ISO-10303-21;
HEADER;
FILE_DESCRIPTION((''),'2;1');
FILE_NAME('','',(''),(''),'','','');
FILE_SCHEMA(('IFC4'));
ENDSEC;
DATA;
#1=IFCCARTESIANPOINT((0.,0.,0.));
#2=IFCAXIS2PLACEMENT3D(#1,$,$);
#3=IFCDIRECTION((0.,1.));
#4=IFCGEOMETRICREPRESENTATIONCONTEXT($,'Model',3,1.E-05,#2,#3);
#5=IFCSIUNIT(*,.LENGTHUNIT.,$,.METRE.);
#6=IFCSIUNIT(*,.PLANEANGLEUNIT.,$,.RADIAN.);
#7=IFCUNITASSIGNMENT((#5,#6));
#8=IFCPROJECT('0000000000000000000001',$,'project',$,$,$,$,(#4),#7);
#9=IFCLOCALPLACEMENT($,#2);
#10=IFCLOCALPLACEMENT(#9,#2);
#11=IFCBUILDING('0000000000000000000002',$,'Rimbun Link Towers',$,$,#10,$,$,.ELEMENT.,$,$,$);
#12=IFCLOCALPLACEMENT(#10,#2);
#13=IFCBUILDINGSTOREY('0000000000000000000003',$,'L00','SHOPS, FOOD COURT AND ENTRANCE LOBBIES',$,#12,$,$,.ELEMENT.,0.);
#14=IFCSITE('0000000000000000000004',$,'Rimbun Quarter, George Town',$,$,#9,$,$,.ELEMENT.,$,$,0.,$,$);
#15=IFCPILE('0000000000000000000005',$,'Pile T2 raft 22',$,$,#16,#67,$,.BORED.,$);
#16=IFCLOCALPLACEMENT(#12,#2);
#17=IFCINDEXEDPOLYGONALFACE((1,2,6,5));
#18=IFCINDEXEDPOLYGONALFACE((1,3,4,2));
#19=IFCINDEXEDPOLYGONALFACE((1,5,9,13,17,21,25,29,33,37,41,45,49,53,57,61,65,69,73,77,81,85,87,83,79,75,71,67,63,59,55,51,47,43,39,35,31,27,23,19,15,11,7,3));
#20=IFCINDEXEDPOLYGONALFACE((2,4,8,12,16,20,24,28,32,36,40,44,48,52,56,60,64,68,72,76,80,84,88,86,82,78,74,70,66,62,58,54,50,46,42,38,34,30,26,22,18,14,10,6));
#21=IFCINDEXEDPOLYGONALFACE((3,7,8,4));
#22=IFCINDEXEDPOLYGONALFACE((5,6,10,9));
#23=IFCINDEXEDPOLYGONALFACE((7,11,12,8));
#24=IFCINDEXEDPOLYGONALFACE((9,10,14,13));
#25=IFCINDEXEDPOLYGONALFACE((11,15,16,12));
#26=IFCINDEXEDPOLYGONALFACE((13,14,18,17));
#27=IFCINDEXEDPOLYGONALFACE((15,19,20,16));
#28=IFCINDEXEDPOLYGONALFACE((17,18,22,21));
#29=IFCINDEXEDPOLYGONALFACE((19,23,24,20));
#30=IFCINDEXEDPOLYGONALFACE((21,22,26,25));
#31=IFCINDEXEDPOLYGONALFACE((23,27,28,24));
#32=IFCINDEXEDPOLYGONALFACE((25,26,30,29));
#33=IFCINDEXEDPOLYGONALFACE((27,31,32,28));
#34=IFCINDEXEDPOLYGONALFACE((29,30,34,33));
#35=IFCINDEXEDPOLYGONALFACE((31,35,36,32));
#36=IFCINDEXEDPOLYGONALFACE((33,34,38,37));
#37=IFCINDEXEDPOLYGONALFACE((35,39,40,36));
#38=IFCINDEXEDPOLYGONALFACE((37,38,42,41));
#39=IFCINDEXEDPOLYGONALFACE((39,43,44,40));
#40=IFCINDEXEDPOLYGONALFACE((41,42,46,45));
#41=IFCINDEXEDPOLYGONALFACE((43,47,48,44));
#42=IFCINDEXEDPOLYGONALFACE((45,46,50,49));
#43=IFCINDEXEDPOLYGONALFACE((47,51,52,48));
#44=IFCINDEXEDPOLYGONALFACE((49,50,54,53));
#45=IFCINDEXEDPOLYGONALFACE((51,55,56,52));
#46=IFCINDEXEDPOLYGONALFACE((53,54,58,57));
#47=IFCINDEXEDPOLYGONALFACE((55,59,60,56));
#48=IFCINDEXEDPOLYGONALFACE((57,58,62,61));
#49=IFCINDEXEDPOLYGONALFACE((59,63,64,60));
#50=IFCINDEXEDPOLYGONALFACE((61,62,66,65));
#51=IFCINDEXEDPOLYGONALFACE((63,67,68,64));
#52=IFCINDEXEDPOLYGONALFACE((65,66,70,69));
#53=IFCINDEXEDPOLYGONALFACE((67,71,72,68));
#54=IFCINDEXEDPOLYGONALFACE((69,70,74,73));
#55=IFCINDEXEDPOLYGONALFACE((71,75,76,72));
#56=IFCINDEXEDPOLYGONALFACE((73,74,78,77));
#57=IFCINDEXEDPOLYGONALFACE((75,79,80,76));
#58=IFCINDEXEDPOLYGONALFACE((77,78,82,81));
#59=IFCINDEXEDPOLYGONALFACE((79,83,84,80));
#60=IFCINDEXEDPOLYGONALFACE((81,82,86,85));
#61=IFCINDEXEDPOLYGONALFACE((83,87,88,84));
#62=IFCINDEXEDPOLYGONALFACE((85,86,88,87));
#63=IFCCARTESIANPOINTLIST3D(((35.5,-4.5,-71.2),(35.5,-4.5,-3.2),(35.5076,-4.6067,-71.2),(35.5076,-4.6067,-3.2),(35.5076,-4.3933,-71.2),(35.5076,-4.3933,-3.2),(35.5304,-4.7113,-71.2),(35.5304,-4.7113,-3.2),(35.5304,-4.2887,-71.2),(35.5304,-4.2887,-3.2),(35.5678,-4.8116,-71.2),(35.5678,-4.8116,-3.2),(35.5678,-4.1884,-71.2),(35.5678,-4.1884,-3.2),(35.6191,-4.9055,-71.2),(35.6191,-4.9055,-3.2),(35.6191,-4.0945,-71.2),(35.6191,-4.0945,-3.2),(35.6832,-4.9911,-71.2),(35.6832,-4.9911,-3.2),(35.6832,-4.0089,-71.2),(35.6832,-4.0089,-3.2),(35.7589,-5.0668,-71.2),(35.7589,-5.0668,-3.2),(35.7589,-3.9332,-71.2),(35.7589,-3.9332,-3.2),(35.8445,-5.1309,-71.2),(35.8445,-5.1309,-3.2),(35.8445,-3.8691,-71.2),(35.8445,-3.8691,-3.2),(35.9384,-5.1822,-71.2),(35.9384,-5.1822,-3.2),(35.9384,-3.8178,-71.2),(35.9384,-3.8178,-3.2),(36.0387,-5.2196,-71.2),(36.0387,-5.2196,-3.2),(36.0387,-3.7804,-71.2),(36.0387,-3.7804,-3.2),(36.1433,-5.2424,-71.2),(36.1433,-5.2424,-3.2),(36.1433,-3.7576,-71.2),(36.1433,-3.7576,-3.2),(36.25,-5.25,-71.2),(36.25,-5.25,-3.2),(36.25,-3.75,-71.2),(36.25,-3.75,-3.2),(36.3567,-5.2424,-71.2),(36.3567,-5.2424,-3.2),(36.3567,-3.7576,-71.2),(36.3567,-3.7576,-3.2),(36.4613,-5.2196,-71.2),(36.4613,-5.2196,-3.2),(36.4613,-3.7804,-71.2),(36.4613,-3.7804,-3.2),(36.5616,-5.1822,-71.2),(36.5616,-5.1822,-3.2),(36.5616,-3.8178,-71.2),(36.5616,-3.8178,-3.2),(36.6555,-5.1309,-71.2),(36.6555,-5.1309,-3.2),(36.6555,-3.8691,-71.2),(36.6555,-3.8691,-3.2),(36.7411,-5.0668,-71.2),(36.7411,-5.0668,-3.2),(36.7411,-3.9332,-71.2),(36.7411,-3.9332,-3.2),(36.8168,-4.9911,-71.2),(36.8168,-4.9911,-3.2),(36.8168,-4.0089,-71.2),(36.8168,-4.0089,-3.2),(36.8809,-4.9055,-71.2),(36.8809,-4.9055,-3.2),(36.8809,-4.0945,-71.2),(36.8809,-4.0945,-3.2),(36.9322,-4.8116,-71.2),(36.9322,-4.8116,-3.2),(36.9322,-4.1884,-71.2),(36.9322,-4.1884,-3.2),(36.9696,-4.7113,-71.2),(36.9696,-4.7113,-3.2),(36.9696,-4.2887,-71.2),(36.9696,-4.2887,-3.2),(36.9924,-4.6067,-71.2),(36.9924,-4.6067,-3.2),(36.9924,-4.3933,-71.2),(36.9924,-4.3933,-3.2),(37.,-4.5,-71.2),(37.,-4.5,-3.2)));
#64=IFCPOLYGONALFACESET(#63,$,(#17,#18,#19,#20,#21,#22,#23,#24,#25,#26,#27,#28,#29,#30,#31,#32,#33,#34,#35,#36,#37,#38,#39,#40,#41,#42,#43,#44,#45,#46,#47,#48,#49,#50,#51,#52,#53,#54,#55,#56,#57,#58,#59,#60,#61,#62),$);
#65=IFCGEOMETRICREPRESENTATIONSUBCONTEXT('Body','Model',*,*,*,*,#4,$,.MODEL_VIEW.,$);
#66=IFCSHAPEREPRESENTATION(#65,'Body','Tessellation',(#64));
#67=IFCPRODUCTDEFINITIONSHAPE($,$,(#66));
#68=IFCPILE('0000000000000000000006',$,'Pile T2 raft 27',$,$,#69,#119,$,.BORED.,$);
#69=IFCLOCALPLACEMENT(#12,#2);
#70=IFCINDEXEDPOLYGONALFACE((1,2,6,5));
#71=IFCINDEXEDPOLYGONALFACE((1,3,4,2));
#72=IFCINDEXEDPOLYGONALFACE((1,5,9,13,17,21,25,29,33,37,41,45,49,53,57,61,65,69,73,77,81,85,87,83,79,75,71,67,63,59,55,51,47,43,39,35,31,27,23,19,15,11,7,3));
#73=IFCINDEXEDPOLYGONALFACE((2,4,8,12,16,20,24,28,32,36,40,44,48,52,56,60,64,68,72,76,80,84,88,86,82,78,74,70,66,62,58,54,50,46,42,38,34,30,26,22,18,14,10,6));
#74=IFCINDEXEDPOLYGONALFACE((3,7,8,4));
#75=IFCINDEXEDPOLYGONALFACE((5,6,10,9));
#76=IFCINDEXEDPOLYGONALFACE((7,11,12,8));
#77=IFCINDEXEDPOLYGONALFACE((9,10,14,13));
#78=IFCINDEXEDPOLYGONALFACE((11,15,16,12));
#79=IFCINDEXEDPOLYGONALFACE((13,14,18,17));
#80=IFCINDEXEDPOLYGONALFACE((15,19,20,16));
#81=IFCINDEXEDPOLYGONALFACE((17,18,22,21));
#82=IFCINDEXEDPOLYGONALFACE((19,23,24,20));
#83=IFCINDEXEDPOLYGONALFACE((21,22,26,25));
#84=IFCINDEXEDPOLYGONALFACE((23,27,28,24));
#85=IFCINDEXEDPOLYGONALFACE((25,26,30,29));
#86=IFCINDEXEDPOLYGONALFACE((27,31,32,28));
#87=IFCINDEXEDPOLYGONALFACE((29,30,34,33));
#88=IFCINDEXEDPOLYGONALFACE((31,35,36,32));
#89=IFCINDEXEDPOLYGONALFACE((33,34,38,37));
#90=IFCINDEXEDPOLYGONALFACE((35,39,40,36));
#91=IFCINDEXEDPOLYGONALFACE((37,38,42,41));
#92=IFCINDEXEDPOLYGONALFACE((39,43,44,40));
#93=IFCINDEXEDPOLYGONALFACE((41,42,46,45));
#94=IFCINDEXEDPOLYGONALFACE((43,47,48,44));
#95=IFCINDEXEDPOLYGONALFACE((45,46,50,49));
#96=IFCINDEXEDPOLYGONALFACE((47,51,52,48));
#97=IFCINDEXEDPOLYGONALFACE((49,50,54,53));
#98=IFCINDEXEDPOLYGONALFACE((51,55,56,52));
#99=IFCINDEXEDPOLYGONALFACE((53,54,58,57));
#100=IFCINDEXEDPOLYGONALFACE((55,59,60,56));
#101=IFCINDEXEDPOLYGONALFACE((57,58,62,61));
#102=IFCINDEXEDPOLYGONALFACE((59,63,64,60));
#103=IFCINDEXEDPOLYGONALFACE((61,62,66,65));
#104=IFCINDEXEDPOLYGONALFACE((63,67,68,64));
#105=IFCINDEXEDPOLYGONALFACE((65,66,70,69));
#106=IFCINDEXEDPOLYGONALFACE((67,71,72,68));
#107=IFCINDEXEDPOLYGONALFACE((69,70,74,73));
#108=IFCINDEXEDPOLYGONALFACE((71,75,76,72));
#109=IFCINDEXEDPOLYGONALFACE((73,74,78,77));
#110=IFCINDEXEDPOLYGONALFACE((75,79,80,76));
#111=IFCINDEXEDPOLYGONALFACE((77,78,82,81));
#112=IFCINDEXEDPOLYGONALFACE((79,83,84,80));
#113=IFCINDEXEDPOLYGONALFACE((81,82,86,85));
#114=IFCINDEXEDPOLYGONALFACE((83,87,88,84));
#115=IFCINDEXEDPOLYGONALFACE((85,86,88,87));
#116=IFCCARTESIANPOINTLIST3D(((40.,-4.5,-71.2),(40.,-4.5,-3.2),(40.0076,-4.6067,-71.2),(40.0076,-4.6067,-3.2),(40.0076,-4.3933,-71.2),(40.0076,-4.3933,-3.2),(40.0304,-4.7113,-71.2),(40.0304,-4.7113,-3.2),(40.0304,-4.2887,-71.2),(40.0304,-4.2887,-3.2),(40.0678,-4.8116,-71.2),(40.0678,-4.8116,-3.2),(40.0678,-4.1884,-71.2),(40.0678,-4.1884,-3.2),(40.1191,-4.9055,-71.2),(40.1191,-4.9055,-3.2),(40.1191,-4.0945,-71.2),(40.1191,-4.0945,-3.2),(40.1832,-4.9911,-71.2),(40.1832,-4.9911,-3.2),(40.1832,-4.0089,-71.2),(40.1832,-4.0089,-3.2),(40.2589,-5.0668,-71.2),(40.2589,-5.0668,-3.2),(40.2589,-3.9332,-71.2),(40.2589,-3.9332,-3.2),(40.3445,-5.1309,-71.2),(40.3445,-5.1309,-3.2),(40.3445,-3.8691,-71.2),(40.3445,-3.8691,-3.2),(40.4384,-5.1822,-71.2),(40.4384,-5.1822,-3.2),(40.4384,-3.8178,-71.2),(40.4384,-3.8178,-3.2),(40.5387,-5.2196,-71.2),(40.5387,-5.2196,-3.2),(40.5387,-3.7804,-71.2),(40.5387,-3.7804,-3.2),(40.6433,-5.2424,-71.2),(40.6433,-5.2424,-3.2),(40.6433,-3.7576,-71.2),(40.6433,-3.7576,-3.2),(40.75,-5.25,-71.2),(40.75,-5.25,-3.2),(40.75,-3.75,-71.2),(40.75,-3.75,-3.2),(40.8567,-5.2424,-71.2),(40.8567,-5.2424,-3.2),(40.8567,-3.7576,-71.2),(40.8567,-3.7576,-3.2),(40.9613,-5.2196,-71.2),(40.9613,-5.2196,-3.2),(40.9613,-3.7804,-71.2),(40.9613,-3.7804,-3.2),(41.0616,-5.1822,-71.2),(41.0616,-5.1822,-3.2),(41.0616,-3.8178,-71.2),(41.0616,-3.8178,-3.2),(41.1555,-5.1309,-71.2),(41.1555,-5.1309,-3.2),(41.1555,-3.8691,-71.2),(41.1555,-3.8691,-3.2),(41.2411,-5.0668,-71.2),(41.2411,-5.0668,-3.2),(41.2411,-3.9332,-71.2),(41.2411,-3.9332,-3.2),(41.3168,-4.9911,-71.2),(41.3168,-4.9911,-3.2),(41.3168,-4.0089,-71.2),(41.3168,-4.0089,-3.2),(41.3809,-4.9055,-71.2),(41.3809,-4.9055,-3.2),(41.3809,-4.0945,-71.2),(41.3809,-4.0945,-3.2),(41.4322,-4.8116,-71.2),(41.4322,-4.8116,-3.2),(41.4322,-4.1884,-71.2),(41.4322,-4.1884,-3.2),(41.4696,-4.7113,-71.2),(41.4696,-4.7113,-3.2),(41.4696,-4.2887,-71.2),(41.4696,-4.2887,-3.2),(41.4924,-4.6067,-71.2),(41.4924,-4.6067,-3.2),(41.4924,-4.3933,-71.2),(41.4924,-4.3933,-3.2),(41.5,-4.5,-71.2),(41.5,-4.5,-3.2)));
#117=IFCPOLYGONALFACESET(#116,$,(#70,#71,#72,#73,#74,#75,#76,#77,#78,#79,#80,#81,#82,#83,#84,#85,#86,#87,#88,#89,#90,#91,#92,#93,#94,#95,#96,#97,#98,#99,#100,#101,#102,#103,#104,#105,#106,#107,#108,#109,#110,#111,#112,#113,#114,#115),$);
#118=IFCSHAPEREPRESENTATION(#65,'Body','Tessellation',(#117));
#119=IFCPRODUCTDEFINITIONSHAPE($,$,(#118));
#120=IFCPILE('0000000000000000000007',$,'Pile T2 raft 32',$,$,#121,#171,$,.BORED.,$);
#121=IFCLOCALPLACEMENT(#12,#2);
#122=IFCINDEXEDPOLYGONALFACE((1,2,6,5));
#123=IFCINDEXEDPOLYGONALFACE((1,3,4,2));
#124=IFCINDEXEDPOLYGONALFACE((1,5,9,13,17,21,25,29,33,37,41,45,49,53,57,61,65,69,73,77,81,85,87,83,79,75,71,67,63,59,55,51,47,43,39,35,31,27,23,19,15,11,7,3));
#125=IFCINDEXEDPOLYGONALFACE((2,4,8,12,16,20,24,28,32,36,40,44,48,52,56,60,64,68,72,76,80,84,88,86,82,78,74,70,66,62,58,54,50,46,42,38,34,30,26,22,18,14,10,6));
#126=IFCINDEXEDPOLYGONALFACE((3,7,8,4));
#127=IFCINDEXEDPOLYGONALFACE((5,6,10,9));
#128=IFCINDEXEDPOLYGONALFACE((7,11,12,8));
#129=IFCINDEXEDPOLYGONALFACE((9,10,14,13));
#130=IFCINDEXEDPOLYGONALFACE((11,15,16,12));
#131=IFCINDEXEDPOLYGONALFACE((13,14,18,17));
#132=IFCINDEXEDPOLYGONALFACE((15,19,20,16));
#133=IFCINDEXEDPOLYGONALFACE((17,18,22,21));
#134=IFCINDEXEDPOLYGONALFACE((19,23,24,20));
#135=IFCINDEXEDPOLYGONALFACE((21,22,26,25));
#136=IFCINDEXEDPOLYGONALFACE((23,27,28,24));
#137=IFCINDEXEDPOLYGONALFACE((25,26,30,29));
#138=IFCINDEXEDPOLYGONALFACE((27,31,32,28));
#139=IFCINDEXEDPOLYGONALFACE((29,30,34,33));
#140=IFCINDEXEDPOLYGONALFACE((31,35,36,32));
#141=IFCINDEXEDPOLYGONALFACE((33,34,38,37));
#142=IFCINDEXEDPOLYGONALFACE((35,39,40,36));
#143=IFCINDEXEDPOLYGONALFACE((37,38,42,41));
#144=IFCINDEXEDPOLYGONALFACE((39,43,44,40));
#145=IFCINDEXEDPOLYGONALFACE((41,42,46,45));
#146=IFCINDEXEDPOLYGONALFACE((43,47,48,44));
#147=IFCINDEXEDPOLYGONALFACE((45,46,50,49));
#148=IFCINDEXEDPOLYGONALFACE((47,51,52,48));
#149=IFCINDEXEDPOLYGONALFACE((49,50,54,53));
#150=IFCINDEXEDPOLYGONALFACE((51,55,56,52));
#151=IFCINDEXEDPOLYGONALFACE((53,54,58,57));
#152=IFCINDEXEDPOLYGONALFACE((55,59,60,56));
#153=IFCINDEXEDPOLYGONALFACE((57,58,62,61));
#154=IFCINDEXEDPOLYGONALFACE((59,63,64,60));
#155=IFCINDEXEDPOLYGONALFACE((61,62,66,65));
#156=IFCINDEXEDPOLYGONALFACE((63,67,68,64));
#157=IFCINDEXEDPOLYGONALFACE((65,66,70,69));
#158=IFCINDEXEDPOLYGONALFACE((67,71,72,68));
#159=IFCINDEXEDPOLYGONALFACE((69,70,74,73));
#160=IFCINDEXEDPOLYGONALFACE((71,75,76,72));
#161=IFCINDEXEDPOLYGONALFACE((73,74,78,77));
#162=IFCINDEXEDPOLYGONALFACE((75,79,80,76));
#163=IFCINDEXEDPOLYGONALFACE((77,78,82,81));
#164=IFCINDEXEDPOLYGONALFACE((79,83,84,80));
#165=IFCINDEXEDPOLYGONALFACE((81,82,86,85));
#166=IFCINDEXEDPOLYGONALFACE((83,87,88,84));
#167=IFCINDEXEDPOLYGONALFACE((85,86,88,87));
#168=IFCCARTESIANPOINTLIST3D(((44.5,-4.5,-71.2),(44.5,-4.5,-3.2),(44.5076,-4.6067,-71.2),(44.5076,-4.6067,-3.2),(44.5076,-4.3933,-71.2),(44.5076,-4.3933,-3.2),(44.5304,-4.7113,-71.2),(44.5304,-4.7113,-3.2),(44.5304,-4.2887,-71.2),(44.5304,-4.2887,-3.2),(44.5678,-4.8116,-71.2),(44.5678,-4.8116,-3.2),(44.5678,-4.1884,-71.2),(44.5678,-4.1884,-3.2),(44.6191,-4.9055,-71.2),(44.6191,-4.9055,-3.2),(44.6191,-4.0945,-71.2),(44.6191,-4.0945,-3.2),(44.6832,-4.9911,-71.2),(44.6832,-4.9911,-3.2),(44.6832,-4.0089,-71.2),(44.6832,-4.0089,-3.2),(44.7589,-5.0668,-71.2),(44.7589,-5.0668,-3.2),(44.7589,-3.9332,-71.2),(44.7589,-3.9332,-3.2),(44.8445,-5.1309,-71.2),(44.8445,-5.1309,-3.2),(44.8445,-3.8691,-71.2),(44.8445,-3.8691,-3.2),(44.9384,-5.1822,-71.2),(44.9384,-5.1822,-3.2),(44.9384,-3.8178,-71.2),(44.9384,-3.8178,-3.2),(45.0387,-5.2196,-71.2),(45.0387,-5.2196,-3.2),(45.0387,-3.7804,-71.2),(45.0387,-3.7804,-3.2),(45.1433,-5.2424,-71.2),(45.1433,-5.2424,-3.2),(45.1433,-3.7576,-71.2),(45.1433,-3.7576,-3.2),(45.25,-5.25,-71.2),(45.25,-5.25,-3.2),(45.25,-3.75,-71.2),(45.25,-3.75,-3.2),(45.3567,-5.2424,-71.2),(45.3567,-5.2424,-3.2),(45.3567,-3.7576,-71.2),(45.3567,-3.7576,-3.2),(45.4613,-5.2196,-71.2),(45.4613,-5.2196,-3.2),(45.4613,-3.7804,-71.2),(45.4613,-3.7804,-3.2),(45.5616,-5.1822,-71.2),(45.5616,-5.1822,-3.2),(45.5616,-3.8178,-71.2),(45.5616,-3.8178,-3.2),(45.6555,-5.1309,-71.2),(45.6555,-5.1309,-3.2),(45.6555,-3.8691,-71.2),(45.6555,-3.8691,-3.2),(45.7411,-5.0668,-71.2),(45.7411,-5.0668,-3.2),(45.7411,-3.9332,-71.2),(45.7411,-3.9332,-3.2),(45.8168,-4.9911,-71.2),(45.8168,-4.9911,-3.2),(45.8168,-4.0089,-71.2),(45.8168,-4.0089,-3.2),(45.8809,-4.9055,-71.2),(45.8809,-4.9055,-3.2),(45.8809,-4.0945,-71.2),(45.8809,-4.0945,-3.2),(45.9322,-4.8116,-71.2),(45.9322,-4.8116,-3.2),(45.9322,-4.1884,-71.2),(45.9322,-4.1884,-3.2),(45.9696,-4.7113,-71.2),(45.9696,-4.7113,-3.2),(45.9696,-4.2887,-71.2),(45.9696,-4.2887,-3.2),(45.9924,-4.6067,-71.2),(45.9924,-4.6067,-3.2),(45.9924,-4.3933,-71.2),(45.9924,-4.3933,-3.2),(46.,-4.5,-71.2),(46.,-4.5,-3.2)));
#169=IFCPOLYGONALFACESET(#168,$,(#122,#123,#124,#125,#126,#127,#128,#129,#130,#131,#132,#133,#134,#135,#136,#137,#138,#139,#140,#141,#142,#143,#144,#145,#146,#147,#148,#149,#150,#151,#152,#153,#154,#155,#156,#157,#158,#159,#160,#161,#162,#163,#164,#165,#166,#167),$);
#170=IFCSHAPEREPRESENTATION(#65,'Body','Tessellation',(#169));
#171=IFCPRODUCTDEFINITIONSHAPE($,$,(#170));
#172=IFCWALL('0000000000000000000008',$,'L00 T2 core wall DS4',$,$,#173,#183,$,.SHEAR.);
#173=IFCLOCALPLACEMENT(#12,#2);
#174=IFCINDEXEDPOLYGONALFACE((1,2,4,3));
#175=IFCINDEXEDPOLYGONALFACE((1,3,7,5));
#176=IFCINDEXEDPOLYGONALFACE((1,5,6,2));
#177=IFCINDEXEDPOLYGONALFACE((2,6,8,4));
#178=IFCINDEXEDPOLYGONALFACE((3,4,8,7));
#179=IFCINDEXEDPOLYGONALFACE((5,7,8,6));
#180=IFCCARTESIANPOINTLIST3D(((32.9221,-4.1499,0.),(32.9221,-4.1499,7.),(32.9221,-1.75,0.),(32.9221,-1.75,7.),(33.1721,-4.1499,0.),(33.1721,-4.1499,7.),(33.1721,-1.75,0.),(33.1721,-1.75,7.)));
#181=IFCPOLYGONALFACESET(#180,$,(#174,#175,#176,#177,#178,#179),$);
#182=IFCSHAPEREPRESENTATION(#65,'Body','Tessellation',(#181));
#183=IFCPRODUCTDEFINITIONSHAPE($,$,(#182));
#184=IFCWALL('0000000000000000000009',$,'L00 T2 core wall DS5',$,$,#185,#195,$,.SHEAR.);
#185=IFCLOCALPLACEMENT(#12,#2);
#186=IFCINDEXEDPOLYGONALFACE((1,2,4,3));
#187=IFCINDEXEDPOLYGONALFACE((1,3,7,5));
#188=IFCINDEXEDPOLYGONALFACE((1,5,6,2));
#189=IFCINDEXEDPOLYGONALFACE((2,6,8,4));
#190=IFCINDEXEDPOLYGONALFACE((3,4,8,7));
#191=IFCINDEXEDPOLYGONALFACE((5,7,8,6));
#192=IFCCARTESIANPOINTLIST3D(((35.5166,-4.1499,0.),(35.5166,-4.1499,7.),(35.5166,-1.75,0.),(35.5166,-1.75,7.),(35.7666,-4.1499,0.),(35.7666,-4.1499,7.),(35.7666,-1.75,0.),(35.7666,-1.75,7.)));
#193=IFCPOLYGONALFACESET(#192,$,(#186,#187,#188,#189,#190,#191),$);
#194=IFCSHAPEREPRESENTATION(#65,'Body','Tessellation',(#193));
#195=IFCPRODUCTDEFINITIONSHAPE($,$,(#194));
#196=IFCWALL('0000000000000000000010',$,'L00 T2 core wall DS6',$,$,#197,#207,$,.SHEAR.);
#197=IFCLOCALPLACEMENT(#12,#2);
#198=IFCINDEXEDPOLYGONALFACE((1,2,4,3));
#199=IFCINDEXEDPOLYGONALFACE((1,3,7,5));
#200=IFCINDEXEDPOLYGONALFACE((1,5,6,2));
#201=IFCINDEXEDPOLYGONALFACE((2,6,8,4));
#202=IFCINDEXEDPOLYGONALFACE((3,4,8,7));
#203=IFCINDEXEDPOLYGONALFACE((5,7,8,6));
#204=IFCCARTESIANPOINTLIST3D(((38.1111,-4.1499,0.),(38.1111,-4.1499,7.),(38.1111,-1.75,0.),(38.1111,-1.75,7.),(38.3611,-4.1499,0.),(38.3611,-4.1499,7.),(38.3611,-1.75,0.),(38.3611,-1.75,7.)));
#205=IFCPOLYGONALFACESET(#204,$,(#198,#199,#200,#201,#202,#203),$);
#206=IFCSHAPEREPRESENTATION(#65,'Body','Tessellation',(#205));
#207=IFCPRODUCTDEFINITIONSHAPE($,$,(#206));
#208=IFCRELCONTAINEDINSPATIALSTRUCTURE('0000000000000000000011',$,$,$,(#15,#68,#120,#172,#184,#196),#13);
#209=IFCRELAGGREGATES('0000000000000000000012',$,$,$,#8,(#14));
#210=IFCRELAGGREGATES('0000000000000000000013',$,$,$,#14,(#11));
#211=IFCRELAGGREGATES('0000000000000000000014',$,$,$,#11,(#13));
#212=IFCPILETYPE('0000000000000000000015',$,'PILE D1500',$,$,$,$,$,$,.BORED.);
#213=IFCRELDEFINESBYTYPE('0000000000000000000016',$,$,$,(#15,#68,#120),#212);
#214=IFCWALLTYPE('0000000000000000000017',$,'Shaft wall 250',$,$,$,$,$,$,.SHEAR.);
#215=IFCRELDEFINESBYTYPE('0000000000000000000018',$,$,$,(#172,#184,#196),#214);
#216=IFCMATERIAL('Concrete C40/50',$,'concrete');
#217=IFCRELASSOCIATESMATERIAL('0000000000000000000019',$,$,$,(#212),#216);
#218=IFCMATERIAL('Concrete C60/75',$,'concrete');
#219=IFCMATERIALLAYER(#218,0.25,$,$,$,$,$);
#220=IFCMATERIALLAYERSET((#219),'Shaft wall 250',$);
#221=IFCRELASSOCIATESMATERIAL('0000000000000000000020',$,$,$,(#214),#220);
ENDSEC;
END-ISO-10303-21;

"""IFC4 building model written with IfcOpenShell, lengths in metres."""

from ifc_helpers import new_model, si_unit, direction, frame, frame_2d, origin, origin_2d, place, context, subcontext, project, spatial, rectangle, circle, extrude, material, layer, layer_set, material_profile, profile_set, type_object, element, save


model = new_model("IFC4")

# Units and contexts
model_context = context("Model", 3, precision=1e-05, world=origin(), true_north=direction((0.0, 1.0)))
body_context = subcontext(model_context, "Body", "Model", "MODEL_VIEW")
ifc_project = project(units=[si_unit("LENGTHUNIT", "METRE"), si_unit("PLANEANGLEUNIT", "RADIAN")], contexts=[model_context])

# Site, building, storey
site_placement = place(None, origin())
site = spatial("IfcSite", under=ifc_project, at=site_placement, Name="Rimbun Quarter, George Town", CompositionType="ELEMENT", RefElevation=0.0)
building_placement = place(site_placement, origin())
building = spatial("IfcBuilding", under=site, at=building_placement, Name="Rimbun Link Towers", CompositionType="ELEMENT")
storey_placement = place(building_placement, origin())
storey = spatial("IfcBuildingStorey", under=building, at=storey_placement, Name="L00", Description="SHOPS, FOOD COURT AND ENTRANCE LOBBIES", CompositionType="ELEMENT", Elevation=0.0)

# Piles
ifc_material_1 = material(Name="Concrete C40/50", Category="concrete")
ifc_material_profile = material_profile(ifc_material_1, circle(Radius=0.75, at=origin_2d()), Name="PILE D1500")
ifc_profile_set = profile_set([ifc_material_profile], Name="Concrete C40/50")
pile_type = type_object("IfcPileType", Name="PILE D1500", PredefinedType="BORED", material=ifc_profile_set)
for number, where, z_axis, x_axis, name in (
    (1, (36.25, -4.5, -3.2), (0.0, 0.0, -1.0), (1.0, 0.0, 0.0), "Pile T2 raft 22"),
    (2, (40.75, -4.5, -3.2), (0.0, 0.0, -1.0), (1.0, 0.0, 0.0), "Pile T2 raft 27"),
    (3, (45.25, -4.5, -3.2), (0.0, 0.0, -1.0), (1.0, 0.0, 0.0), "Pile T2 raft 32"),
):
    element("IfcPile", number, at=place(storey_placement, frame(where, z_axis=z_axis, x_axis=x_axis)), inside=storey, type_object=pile_type, Name=name, PredefinedType="BORED", context=body_context, shape_type="SweptSolid", body=[
        extrude(circle(Radius=0.75, at=origin_2d()), origin(), (0.0, 0.0, 1.0), 68.0),
    ])

# Walls
ifc_material_2 = material(Name="Concrete C60/75", Category="concrete")
ifc_layer = layer(ifc_material_2, 0.25)
ifc_layer_set = layer_set([ifc_layer], Name="Shaft wall 250")
wall_type = type_object("IfcWallType", Name="Shaft wall 250", PredefinedType="SHEAR", material=ifc_layer_set)
for number, where, z_axis, x_axis, name in (
    (4, (33.0471, -4.1499, 0.0), (0.0, 0.0, 1.0), (0.0, 1.0, 0.0), "L00 T2 core wall DS4"),
    (5, (35.6416, -4.1499, 0.0), (0.0, 0.0, 1.0), (0.0, 1.0, 0.0), "L00 T2 core wall DS5"),
    (6, (38.2361, -4.1499, 0.0), (0.0, 0.0, 1.0), (0.0, 1.0, 0.0), "L00 T2 core wall DS6"),
):
    element("IfcWall", number, at=place(storey_placement, frame(where, z_axis=z_axis, x_axis=x_axis)), inside=storey, type_object=wall_type, Name=name, PredefinedType="SHEAR", context=body_context, shape_type="SweptSolid", body=[
        extrude(rectangle(XDim=2.3999, YDim=0.25, at=frame_2d((1.2, 0.0))), origin(), (0.0, 0.0, 1.0), 7.0),
    ])

save(model, "model.ifc")
